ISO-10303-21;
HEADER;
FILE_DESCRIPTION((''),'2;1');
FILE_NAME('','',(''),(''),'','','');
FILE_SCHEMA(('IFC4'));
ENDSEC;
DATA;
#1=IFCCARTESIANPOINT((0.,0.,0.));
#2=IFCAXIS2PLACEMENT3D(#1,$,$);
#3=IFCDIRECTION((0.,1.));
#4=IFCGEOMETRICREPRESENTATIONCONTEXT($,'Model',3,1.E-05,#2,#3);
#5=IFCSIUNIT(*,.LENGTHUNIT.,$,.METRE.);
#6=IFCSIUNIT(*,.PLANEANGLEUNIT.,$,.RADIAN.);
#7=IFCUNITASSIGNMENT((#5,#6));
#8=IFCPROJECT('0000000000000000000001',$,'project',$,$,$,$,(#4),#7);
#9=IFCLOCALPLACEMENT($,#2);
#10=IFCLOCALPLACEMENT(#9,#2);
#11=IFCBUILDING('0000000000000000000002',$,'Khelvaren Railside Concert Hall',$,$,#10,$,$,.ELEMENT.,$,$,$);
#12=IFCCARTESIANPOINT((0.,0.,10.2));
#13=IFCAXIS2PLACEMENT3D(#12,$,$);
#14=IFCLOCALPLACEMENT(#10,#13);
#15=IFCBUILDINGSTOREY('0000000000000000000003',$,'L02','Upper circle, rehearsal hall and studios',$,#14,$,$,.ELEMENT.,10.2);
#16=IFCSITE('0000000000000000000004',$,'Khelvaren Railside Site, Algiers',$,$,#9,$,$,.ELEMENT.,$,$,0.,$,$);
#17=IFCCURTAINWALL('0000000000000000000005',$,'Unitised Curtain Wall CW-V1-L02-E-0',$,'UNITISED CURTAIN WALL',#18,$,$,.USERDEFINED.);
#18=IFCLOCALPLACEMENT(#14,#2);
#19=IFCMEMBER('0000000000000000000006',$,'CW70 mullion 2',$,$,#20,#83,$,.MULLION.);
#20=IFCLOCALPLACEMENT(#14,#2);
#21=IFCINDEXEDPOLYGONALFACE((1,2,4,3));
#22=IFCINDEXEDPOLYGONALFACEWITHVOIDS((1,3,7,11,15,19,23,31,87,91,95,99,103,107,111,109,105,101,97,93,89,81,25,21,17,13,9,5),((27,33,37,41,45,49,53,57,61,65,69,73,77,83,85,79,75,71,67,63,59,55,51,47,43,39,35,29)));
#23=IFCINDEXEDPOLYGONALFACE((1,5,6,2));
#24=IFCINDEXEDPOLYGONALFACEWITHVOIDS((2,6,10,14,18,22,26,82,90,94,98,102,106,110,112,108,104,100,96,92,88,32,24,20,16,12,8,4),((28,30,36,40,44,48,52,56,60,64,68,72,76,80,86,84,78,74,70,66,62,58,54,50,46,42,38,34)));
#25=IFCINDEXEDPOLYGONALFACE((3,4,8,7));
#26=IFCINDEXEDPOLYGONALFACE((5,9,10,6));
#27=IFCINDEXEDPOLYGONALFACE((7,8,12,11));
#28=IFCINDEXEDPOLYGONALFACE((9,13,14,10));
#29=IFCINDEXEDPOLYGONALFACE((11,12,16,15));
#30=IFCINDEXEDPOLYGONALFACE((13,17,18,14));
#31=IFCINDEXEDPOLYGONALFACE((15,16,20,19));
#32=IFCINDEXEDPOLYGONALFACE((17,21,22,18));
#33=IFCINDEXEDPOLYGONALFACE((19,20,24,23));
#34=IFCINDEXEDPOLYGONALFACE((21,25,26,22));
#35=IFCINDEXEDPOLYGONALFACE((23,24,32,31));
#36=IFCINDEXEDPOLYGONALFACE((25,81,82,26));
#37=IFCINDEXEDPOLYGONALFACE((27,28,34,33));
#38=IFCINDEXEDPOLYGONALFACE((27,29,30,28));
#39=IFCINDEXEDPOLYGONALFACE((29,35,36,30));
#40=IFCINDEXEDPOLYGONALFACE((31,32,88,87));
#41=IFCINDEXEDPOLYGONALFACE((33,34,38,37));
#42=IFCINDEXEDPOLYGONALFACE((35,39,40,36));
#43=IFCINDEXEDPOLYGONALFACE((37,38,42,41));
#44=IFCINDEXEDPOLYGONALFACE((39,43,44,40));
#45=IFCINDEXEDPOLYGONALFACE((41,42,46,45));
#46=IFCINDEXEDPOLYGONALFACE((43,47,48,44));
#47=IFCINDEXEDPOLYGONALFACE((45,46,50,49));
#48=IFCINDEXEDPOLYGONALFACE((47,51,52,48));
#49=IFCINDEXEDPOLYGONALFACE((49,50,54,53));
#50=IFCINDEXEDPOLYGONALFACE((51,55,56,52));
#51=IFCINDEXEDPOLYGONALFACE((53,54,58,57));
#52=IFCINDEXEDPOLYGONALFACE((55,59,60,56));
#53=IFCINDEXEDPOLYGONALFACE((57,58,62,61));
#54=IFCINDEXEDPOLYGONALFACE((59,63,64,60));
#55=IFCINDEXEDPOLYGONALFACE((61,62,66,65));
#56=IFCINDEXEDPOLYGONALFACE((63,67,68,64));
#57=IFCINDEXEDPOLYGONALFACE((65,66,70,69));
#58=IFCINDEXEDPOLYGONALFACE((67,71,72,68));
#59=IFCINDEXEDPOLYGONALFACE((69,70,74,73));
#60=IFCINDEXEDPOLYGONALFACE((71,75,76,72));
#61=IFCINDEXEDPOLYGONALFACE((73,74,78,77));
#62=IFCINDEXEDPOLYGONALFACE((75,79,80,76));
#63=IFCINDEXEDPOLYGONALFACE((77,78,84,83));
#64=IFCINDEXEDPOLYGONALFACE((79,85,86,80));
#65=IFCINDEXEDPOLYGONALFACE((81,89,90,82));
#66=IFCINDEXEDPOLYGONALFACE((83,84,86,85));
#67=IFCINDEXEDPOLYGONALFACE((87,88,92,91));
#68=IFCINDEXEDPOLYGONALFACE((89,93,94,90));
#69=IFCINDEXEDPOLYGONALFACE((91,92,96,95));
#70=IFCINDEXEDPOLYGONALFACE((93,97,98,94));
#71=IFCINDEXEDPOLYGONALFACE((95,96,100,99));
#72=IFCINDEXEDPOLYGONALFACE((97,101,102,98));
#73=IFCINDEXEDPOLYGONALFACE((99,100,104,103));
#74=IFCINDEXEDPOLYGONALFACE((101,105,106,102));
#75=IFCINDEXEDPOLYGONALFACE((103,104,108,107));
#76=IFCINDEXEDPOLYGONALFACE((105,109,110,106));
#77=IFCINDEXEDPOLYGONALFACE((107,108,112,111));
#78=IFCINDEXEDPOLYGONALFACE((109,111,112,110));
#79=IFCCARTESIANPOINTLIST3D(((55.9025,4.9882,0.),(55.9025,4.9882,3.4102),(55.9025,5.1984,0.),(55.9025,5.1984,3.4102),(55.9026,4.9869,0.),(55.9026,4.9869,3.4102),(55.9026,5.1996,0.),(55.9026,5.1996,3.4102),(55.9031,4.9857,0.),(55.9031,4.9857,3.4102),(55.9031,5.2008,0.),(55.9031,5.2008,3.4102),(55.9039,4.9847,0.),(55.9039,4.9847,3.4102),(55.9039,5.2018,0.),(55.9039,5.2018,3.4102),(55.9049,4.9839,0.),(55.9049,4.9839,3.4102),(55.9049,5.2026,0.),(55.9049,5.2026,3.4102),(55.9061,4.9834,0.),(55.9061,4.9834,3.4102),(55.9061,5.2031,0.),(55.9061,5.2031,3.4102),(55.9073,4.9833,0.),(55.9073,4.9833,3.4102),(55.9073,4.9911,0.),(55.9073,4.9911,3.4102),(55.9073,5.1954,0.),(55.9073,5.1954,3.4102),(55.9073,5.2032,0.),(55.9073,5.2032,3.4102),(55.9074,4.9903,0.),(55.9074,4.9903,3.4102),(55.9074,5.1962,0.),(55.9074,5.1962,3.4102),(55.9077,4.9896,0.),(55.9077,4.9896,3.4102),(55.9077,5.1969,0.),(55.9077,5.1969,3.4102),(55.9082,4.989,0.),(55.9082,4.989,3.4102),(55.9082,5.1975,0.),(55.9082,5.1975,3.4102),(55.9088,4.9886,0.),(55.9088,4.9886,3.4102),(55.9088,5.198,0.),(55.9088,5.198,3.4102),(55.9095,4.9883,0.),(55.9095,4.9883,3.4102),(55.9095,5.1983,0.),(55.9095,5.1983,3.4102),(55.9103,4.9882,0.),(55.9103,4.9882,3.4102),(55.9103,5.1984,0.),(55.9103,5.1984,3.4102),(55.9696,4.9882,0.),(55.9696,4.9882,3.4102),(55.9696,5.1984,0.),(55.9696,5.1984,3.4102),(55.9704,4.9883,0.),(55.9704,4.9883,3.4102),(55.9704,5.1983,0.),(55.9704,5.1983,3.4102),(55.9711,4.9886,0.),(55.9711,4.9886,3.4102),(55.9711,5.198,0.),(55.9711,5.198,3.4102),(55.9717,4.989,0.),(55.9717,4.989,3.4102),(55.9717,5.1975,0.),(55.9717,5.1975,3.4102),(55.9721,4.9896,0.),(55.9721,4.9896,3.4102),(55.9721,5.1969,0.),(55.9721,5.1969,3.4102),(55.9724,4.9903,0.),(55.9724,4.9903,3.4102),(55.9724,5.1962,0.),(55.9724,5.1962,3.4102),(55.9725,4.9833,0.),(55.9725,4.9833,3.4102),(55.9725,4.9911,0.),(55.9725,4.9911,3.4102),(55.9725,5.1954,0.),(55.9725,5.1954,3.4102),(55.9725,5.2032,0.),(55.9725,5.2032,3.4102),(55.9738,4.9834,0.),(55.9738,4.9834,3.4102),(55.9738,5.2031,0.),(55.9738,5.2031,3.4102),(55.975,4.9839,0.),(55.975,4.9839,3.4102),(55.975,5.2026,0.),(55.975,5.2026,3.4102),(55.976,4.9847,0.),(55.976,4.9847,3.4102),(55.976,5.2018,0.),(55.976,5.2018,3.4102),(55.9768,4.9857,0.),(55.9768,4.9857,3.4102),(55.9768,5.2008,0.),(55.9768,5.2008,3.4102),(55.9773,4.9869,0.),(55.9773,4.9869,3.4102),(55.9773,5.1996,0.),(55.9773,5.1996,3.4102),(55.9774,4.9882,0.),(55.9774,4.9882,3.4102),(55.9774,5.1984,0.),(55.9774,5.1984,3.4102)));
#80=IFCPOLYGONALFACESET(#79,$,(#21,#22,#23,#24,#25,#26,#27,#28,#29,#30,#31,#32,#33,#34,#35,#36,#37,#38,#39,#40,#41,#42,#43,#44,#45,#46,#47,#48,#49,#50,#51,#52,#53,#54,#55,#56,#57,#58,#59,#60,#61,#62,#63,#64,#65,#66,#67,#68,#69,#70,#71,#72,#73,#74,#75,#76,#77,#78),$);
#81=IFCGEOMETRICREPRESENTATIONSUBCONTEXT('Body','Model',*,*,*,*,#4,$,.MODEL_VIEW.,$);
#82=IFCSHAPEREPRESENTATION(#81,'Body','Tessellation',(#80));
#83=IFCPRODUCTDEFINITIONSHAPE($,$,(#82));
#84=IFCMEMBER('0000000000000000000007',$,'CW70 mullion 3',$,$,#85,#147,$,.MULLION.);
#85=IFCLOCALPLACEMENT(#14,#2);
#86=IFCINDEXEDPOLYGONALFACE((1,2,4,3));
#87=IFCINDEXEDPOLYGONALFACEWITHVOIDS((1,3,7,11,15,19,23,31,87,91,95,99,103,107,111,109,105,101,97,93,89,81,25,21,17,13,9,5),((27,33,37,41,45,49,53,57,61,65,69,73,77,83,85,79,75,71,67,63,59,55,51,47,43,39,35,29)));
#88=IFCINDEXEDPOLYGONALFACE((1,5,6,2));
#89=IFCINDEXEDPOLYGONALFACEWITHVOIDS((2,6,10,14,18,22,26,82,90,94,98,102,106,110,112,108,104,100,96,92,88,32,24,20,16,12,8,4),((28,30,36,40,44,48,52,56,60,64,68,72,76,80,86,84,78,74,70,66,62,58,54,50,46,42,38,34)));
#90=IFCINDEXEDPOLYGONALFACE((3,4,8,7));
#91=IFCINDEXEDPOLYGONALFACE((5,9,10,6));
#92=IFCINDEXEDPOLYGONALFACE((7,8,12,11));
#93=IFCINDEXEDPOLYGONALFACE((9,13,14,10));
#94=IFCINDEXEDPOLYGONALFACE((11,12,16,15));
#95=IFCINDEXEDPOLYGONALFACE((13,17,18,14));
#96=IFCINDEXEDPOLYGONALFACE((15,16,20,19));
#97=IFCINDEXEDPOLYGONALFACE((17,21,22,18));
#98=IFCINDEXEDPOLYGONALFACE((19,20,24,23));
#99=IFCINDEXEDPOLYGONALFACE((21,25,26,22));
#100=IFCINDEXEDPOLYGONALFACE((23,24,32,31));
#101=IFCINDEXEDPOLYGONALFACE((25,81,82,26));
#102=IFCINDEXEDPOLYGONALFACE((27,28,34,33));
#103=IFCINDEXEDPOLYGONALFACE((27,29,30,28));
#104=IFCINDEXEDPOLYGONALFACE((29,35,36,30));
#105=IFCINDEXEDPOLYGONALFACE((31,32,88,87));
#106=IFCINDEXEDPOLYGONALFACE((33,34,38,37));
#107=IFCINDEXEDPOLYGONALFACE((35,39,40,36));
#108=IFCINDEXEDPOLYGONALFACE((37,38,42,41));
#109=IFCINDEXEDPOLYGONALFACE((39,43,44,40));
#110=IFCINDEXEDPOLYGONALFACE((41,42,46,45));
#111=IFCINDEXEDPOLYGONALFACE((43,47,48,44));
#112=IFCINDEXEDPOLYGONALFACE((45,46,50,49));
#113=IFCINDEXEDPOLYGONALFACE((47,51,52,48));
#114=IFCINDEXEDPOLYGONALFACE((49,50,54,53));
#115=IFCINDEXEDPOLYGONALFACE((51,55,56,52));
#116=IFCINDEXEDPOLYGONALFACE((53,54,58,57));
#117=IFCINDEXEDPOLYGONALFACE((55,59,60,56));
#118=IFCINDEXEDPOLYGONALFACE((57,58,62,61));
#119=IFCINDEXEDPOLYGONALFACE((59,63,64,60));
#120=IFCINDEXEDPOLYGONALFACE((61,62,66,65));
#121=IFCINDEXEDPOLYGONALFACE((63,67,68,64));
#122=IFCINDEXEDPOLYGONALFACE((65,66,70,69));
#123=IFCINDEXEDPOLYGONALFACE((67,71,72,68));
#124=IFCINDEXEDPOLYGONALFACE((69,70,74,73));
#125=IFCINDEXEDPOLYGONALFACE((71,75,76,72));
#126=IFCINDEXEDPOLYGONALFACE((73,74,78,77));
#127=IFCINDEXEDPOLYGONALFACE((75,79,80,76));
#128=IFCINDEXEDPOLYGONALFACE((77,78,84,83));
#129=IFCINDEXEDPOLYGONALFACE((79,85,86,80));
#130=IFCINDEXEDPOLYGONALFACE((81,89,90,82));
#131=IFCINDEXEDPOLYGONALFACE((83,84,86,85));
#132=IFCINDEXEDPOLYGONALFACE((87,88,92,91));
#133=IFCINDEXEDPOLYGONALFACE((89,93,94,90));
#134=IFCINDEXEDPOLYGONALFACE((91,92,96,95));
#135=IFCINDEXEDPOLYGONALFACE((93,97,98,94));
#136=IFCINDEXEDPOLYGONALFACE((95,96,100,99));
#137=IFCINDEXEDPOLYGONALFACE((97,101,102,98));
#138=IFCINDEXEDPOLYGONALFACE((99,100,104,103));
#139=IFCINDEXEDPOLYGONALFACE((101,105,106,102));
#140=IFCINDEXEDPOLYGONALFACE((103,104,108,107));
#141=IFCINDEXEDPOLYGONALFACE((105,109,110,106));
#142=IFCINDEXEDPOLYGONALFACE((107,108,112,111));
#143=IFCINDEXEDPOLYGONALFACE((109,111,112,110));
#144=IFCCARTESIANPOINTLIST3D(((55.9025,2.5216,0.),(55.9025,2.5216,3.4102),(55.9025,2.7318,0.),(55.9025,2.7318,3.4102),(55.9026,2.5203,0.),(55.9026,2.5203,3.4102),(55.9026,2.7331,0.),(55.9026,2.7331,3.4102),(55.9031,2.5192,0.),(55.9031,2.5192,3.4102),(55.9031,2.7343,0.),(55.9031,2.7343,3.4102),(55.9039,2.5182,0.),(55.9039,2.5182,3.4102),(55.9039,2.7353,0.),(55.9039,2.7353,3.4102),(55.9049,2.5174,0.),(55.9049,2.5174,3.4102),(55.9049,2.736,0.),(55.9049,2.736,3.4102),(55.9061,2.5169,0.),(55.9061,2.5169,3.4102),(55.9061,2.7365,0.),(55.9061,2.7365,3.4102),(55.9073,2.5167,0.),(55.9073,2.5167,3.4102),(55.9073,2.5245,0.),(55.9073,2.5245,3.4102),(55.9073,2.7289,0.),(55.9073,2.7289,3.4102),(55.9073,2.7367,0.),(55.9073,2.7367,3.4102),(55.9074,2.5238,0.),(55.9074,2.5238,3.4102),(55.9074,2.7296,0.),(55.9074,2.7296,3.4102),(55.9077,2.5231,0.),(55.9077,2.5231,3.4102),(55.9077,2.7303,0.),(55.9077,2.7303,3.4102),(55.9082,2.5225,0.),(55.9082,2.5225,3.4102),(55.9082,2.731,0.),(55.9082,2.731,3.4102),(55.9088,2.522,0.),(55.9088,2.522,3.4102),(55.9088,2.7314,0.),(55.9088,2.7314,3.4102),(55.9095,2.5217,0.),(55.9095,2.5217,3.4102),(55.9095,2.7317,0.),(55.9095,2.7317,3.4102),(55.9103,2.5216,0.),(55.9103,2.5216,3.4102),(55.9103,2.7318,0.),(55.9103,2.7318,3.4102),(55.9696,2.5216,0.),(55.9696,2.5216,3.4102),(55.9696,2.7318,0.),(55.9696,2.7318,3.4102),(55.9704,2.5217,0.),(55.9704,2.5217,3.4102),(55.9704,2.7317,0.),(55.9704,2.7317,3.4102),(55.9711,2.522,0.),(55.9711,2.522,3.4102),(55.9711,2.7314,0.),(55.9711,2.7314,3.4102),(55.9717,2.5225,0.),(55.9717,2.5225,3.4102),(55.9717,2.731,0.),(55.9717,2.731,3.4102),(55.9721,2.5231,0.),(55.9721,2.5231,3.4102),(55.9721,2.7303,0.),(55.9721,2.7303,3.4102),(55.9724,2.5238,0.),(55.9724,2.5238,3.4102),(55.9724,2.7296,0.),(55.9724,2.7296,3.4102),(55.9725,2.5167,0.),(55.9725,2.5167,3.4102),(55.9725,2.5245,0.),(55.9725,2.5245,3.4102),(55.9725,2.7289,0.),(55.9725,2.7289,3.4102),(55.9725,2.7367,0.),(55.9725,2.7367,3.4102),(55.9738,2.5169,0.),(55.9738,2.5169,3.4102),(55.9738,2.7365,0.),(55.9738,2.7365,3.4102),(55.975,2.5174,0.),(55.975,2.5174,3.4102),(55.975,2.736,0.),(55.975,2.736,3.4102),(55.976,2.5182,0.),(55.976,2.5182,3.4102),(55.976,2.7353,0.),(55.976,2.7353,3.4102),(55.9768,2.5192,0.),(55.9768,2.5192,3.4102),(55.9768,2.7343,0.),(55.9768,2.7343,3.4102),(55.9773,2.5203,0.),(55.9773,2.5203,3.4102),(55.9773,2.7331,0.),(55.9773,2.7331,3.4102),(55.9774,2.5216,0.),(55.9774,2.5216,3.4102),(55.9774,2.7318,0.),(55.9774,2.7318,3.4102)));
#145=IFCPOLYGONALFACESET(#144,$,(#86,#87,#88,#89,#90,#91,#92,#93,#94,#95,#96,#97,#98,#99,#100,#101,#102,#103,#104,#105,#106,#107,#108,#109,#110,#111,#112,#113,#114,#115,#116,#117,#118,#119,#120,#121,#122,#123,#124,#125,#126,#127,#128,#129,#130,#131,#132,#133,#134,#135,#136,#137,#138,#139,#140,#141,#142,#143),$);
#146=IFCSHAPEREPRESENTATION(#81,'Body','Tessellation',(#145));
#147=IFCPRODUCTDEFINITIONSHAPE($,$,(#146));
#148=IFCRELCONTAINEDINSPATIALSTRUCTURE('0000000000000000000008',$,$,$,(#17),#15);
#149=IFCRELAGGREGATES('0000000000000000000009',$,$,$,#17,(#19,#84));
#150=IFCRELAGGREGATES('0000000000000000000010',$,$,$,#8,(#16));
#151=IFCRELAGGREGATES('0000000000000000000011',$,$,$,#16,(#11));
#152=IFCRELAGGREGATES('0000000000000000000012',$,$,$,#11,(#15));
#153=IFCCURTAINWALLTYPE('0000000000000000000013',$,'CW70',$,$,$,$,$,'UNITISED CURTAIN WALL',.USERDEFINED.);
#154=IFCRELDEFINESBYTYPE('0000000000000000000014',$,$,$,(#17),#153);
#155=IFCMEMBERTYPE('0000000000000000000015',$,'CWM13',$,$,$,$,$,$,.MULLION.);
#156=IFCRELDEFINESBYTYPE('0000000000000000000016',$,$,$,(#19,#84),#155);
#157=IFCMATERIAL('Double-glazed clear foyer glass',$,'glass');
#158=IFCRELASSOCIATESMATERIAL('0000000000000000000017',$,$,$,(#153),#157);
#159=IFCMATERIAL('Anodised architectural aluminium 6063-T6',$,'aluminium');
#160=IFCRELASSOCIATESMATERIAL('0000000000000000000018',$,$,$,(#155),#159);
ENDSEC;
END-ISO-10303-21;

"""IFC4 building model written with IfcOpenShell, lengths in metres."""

from ifc_helpers import new_model, si_unit, direction, frame, origin, origin_2d, place, context, subcontext, project, spatial, hollow_rectangle, extrude, material, material_profile, profile_set, type_object, element, aggregate, save


model = new_model("IFC4")

# Units and contexts
model_context = context("Model", 3, precision=1e-05, world=origin(), true_north=direction((0.0, 1.0)))
body_context = subcontext(model_context, "Body", "Model", "MODEL_VIEW")
ifc_project = project(units=[si_unit("LENGTHUNIT", "METRE"), si_unit("PLANEANGLEUNIT", "RADIAN")], contexts=[model_context])

# Site, building, storey
site_placement = place(None, origin())
site = spatial("IfcSite", under=ifc_project, at=site_placement, Name="Khelvaren Railside Site, Algiers", CompositionType="ELEMENT", RefElevation=0.0)
building_placement = place(site_placement, origin())
building = spatial("IfcBuilding", under=site, at=building_placement, Name="Khelvaren Railside Concert Hall", CompositionType="ELEMENT")
storey_placement = place(building_placement, frame((0.0, 0.0, 10.2)))
storey = spatial("IfcBuildingStorey", under=building, at=storey_placement, Name="L02", Description="Upper circle, rehearsal hall and studios", CompositionType="ELEMENT", Elevation=10.2)

# Curtain wall, members
ifc_material_1 = material(Name="Double-glazed clear foyer glass", Category="glass")
curtain_wall_type = type_object("IfcCurtainWallType", Name="CW70", ElementType="UNITISED CURTAIN WALL", PredefinedType="USERDEFINED", material=ifc_material_1)
curtain_wall_placement = place(storey_placement, origin())
curtain_wall = element("IfcCurtainWall", 1, at=curtain_wall_placement, inside=storey, type_object=curtain_wall_type, Name="Unitised Curtain Wall CW-V1-L02-E-0", ObjectType="UNITISED CURTAIN WALL", PredefinedType="USERDEFINED")
ifc_material_2 = material(Name="Anodised architectural aluminium 6063-T6", Category="aluminium")
ifc_material_profile_1 = material_profile(ifc_material_2, hollow_rectangle(XDim=0.075, YDim=0.22, WallThickness=0.0049, InnerFilletRadius=0.0029, OuterFilletRadius=0.0049, at=origin_2d()), Name="CWM 75x220x5")
ifc_profile_set_1 = profile_set([ifc_material_profile_1], Name="Anodised architectural aluminium 6063-T6")
member_type_1 = type_object("IfcMemberType", Name="CWM13", PredefinedType="MULLION", material=ifc_profile_set_1)
member_1_placement = place(storey_placement, frame((55.9399, 5.0933, 0.0), z_axis=(0.0, 0.0, 1.0), x_axis=(1.0, 0.0, 0.0)))
member_1 = element("IfcMember", 2, at=member_1_placement, type_object=member_type_1, Name="CW70 mullion 2", PredefinedType="MULLION", context=body_context, shape_type="SweptSolid", body=[
    extrude(hollow_rectangle(XDim=0.075, YDim=0.22, WallThickness=0.0049, InnerFilletRadius=0.0029, OuterFilletRadius=0.0049, at=origin_2d()), origin(), (0.0, 0.0, 1.0), 3.4102),
])
member_2_placement = place(storey_placement, frame((55.9399, 2.6267, 0.0), z_axis=(0.0, 0.0, 1.0), x_axis=(1.0, 0.0, 0.0)))
member_2 = element("IfcMember", 3, at=member_2_placement, type_object=member_type_1, Name="CW70 mullion 3", PredefinedType="MULLION", context=body_context, shape_type="SweptSolid", body=[
    extrude(hollow_rectangle(XDim=0.075, YDim=0.22, WallThickness=0.0049, InnerFilletRadius=0.0029, OuterFilletRadius=0.0049, at=origin_2d()), origin(), (0.0, 0.0, 1.0), 3.4102),
])
aggregate(curtain_wall, [member_1, member_2])

save(model, "model.ifc")
